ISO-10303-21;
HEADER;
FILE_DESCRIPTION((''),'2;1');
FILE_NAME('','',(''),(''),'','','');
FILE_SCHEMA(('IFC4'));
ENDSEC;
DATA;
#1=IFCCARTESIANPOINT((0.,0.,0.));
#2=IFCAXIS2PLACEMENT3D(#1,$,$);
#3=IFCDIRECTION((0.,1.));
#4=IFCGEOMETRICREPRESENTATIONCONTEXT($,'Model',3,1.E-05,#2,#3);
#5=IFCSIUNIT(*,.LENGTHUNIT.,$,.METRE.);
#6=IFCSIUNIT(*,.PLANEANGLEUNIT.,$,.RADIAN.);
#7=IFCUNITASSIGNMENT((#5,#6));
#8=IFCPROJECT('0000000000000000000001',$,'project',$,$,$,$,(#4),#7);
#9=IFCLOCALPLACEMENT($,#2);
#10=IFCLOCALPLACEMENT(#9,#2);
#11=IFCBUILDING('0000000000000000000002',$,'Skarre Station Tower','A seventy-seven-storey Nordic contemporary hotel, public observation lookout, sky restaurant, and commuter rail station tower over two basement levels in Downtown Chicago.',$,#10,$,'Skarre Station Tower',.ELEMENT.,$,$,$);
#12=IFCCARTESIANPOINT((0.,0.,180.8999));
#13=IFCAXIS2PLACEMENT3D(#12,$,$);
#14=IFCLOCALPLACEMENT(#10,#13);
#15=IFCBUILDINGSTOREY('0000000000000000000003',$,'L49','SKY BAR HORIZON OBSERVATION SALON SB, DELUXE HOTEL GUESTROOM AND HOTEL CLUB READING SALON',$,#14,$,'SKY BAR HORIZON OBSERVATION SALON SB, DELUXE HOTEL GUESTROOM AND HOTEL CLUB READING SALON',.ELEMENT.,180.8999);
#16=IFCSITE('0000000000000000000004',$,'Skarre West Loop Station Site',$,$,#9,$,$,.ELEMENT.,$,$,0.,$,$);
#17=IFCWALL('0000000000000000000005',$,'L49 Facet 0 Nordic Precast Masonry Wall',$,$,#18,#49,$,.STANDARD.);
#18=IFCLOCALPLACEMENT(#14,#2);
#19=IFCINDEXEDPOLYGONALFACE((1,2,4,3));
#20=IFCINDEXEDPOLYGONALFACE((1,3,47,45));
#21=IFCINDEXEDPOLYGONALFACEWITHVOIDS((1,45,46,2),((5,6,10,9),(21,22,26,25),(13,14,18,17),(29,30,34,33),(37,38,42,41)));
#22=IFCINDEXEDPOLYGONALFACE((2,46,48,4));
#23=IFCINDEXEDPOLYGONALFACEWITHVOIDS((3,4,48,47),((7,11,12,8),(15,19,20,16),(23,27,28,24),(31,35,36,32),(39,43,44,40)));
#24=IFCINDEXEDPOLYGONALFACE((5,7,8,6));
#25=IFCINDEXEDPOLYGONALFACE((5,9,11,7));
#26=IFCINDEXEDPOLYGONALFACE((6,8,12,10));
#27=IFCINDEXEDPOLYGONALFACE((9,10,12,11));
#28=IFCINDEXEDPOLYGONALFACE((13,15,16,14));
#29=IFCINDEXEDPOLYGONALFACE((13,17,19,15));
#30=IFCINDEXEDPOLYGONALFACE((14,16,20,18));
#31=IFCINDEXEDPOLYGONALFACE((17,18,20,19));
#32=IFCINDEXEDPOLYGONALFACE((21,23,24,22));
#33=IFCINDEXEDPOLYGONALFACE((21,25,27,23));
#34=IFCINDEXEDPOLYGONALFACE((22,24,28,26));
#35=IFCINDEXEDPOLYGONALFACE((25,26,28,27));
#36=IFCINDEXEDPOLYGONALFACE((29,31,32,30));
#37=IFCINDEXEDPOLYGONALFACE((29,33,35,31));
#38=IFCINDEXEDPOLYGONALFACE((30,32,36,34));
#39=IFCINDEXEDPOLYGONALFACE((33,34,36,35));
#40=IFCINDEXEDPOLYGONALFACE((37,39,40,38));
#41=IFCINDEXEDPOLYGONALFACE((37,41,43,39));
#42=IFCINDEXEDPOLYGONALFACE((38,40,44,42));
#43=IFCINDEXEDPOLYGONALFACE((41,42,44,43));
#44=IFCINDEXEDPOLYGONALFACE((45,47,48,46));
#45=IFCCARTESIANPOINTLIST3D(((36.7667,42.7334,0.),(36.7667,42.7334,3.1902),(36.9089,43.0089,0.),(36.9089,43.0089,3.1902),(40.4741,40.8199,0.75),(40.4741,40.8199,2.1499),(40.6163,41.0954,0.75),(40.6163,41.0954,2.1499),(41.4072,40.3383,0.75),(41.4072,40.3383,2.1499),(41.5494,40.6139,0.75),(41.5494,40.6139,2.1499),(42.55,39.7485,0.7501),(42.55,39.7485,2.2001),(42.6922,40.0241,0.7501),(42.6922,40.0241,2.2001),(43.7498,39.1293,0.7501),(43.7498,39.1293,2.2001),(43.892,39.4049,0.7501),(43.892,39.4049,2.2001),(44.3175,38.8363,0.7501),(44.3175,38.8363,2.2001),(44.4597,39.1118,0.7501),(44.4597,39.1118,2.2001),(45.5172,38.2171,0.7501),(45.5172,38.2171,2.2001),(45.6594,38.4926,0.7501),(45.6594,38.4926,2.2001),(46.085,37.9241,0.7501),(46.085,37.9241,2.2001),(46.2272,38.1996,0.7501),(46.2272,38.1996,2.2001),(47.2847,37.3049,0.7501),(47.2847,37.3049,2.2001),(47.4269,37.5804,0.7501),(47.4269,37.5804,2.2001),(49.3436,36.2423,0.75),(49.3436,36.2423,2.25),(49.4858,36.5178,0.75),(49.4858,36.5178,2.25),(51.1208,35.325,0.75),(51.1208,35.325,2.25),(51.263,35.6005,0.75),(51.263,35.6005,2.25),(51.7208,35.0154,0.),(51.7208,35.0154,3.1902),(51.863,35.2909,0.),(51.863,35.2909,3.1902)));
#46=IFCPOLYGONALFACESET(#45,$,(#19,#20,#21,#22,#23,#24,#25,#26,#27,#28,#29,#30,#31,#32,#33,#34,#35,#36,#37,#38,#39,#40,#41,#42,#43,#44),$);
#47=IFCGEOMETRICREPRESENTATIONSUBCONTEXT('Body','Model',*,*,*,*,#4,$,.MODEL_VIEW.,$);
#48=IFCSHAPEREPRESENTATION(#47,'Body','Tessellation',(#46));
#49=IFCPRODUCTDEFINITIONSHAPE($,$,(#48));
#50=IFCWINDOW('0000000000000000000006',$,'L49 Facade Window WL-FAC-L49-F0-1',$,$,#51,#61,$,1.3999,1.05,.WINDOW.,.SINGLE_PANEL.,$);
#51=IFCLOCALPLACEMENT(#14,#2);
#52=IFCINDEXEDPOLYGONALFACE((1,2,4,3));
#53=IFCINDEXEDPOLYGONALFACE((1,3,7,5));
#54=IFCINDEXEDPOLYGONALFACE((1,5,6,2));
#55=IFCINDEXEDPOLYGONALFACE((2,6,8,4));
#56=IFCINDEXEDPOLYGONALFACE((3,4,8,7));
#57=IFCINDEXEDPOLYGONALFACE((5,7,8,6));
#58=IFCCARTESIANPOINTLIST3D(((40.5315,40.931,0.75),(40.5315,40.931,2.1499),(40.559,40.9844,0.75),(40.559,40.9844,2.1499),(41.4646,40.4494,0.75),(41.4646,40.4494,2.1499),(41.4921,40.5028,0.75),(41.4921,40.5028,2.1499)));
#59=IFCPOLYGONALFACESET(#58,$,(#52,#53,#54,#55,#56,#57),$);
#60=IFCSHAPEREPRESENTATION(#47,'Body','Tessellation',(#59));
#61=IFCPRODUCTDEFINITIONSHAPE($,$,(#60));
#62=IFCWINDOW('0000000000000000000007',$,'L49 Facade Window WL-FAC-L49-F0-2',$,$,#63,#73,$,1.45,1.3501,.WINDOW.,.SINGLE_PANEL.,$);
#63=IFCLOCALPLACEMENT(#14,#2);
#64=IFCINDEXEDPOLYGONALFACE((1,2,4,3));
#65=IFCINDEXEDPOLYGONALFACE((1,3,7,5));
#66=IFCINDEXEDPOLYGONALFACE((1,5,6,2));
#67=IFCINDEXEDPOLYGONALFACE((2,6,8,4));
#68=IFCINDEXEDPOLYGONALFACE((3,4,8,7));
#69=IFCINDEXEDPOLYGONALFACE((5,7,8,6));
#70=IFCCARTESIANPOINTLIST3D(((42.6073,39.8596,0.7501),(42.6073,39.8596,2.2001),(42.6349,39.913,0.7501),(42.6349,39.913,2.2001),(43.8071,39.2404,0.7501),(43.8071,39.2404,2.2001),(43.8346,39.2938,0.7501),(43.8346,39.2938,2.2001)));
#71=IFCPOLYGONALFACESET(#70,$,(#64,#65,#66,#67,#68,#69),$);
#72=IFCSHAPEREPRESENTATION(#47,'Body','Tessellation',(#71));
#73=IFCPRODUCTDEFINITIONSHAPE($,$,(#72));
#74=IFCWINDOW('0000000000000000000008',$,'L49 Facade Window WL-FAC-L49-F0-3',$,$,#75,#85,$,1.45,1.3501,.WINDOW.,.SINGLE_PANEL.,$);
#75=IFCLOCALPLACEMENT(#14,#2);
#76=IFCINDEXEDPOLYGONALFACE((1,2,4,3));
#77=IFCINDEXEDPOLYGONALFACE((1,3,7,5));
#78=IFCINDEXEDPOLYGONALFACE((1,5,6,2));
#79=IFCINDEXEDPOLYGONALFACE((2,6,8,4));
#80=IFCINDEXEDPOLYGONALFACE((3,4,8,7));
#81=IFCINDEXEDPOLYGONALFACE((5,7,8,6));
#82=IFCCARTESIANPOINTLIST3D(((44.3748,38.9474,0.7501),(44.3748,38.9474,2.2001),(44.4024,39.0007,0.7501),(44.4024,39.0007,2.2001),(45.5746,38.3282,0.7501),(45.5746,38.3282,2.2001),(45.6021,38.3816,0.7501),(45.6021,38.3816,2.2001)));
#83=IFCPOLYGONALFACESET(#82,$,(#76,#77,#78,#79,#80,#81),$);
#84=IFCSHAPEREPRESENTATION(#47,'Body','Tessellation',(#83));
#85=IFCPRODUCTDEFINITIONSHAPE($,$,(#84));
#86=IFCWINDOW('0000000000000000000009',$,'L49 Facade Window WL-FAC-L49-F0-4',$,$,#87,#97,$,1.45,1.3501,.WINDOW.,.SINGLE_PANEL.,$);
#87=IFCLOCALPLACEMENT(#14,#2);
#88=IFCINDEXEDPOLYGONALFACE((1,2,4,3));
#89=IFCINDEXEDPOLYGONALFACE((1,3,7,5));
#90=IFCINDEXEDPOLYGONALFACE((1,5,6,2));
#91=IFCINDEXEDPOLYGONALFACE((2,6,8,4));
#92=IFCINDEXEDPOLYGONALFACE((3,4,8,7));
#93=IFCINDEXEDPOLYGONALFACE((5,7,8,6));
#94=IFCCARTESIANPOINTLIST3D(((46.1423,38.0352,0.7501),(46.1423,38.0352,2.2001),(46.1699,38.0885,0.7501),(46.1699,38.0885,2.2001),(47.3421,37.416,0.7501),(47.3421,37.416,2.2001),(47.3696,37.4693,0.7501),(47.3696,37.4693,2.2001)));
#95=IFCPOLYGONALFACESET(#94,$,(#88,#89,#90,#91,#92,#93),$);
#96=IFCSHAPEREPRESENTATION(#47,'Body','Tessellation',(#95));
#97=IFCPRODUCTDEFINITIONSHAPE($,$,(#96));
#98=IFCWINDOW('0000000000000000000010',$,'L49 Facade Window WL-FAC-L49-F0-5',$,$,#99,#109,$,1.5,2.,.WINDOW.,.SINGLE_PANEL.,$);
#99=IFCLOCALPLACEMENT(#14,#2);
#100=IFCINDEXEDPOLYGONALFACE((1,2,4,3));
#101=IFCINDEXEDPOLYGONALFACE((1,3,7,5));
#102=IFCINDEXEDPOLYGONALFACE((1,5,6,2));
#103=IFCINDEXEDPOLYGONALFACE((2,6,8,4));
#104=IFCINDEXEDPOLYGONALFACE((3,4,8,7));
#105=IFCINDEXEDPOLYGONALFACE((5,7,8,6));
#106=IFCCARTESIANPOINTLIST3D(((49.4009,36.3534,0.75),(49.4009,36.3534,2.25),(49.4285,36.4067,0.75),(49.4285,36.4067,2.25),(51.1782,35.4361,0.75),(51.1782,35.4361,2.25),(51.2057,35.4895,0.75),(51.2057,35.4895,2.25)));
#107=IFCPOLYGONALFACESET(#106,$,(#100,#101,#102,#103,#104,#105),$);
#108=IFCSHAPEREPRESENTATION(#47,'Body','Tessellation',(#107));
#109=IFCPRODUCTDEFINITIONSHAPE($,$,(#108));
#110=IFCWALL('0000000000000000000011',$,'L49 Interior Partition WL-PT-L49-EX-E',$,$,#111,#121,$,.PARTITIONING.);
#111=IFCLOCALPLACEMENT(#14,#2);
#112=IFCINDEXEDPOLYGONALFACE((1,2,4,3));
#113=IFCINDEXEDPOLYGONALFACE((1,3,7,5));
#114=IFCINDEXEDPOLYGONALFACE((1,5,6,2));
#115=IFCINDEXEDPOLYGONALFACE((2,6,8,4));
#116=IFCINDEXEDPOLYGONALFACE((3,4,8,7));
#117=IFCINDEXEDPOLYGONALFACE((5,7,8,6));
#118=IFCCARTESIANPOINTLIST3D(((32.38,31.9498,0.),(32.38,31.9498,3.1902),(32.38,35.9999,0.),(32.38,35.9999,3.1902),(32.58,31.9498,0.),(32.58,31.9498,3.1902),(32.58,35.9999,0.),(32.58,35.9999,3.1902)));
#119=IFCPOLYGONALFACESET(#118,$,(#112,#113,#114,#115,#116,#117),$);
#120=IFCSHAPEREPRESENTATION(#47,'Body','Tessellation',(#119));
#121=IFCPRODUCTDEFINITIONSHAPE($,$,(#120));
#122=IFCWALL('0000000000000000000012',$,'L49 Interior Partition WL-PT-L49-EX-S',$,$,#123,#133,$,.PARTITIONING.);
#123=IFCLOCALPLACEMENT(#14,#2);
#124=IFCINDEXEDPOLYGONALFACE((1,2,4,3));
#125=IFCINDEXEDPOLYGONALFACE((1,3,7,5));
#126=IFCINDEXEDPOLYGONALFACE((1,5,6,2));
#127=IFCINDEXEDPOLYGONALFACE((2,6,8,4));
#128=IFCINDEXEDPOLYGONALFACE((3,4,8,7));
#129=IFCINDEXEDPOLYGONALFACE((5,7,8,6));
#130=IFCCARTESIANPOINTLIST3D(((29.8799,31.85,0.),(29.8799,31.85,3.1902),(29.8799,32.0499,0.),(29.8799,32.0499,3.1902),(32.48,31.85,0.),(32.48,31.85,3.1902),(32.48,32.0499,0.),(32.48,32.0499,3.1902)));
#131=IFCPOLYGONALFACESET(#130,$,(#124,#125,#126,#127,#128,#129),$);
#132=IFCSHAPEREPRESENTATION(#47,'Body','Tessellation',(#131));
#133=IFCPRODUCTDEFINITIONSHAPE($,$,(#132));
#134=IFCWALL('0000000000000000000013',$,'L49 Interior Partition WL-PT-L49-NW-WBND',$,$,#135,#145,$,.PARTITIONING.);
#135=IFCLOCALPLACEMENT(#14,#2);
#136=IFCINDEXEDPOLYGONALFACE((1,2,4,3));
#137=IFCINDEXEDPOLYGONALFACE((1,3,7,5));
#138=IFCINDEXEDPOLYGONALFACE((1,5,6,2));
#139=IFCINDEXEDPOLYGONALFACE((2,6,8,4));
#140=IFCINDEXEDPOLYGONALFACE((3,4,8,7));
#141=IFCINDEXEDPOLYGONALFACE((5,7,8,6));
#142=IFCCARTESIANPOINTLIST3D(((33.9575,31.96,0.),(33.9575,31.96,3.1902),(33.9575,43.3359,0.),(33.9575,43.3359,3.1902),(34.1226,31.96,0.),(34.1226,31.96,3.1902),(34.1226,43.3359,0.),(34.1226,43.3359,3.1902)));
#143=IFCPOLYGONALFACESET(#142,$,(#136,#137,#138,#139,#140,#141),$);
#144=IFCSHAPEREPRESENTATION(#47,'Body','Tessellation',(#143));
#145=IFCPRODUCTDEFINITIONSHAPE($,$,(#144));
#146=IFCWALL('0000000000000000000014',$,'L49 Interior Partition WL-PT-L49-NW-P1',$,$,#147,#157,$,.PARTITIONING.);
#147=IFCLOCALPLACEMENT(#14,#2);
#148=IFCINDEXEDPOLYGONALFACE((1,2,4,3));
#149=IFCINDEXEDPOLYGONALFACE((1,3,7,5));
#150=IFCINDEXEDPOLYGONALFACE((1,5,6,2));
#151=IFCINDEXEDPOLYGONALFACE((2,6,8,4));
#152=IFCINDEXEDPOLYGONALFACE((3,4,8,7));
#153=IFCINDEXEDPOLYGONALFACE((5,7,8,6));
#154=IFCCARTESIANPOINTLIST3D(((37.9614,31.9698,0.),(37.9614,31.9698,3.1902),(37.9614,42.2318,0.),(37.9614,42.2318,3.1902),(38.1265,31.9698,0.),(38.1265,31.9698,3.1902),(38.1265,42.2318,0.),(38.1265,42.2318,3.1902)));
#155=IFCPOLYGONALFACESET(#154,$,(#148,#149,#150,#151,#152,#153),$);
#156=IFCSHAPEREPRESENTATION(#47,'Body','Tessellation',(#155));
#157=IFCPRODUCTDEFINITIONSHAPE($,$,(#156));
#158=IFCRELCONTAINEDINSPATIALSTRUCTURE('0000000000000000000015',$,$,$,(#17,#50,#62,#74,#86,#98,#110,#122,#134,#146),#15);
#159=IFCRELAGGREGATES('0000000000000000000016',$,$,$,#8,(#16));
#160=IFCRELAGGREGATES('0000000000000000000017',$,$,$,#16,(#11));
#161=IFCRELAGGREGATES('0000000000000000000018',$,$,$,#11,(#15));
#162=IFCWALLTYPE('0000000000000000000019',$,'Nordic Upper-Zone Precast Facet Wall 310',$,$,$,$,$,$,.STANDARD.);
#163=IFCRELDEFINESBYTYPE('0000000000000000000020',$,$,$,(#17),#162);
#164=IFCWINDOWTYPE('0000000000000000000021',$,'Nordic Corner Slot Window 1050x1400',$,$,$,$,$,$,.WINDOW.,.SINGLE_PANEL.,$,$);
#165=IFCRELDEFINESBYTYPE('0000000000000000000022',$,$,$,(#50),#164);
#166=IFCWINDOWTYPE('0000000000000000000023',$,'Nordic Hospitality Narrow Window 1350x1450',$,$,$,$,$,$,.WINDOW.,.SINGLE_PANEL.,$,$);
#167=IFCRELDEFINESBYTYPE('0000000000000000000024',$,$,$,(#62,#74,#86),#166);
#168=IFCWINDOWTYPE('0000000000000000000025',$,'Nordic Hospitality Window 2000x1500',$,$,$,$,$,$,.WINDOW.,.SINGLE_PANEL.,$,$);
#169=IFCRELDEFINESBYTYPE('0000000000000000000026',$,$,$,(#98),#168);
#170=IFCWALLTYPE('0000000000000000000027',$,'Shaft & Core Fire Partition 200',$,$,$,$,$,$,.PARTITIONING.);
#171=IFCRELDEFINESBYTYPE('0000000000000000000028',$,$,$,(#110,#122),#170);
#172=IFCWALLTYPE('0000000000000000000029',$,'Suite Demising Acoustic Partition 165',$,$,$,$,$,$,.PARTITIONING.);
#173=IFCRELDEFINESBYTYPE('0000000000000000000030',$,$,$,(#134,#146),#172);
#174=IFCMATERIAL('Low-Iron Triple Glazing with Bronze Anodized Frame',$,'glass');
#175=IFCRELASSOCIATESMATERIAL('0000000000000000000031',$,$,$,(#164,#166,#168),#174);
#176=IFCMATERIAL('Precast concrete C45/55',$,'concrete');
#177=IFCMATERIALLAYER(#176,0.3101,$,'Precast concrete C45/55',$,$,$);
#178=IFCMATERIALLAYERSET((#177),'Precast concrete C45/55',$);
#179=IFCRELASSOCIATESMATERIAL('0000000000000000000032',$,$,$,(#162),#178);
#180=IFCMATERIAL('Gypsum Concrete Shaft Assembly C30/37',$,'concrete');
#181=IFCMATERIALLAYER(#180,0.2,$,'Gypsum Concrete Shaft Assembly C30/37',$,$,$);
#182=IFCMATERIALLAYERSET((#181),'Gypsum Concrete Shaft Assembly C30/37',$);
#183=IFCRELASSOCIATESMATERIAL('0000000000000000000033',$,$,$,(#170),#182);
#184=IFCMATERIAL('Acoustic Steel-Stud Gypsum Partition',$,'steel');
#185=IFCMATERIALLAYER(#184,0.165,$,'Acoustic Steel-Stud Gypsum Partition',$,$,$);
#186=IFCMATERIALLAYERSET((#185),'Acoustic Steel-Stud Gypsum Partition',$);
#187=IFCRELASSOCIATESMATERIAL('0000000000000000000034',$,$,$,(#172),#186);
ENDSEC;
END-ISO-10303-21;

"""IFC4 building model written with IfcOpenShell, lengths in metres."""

from ifc_helpers import new_model, si_unit, direction, frame, frame_2d, origin, place, context, subcontext, project, spatial, rectangle, extrude, material, layer, layer_set, type_object, element, fill, save


model = new_model("IFC4")

# Units and contexts
model_context = context("Model", 3, precision=1e-05, world=origin(), true_north=direction((0.0, 1.0)))
body_context = subcontext(model_context, "Body", "Model", "MODEL_VIEW")
ifc_project = project(units=[si_unit("LENGTHUNIT", "METRE"), si_unit("PLANEANGLEUNIT", "RADIAN")], contexts=[model_context])

# Site, building, storey
site_placement = place(None, origin())
site = spatial("IfcSite", under=ifc_project, at=site_placement, Name="Skarre West Loop Station Site", CompositionType="ELEMENT", RefElevation=0.0)
building_placement = place(site_placement, origin())
building = spatial("IfcBuilding", under=site, at=building_placement, Name="Skarre Station Tower", Description="A seventy-seven-storey Nordic contemporary hotel, public observation lookout, sky restaurant, and commuter rail station tower over two basement levels in Downtown Chicago.", LongName="Skarre Station Tower", CompositionType="ELEMENT")
storey_placement = place(building_placement, frame((0.0, 0.0, 180.8999)))
storey = spatial("IfcBuildingStorey", under=building, at=storey_placement, Name="L49", Description="SKY BAR HORIZON OBSERVATION SALON SB, DELUXE HOTEL GUESTROOM AND HOTEL CLUB READING SALON", LongName="SKY BAR HORIZON OBSERVATION SALON SB, DELUXE HOTEL GUESTROOM AND HOTEL CLUB READING SALON", CompositionType="ELEMENT", Elevation=180.8999)

# Shared definitions
ifc_material_1 = material(Name="Acoustic Steel-Stud Gypsum Partition", Category="steel")

# Shared definitions
ifc_material_2 = material(Name="Precast concrete C45/55", Category="concrete")

# Shared definitions
ifc_material_3 = material(Name="Low-Iron Triple Glazing with Bronze Anodized Frame", Category="glass")
window_type_1 = type_object("IfcWindowType", Name="Nordic Corner Slot Window 1050x1400", PartitioningType="SINGLE_PANEL", PredefinedType="WINDOW", material=ifc_material_3)

# Wall, openings, windows
ifc_layer_1 = layer(ifc_material_2, 0.3101, Name="Precast concrete C45/55")
ifc_layer_set_1 = layer_set([ifc_layer_1], Name="Precast concrete C45/55")
wall_type_1 = type_object("IfcWallType", Name="Nordic Upper-Zone Precast Facet Wall 310", PredefinedType="STANDARD", material=ifc_layer_set_1)
wall_1_placement = place(storey_placement, frame((36.8379, 42.8711, 0.0), z_axis=(0.0, 0.0, 1.0), x_axis=(0.888626, -0.458632, 0.0)))
wall_1 = element("IfcWall", 1, at=wall_1_placement, inside=storey, type_object=wall_type_1, Name="L49 Facet 0 Nordic Precast Masonry Wall", PredefinedType="STANDARD", context=body_context, shape_type="SweptSolid", body=[
    extrude(rectangle(XDim=16.8284, YDim=0.3101, at=frame_2d((8.4141, 0.0))), origin(), (0.0, 0.0, 1.0), 3.1902),
])
opening_1_placement = place(wall_1_placement, frame((4.1721, 0.0, 0.75)))
opening_1 = element("IfcOpeningElement", 2, at=opening_1_placement, cuts=wall_1, PredefinedType="OPENING", context=body_context, shape_type="SweptSolid", body=[
    extrude(rectangle(XDim=1.05, YDim=1.3999, at=frame_2d((0.5249, 0.7))), frame((0.0, 0.165, 0.0), z_axis=(0.0, -1.0, 0.0), x_axis=(1.0, 0.0, 0.0)), (0.0, 0.0, 1.0), 0.3301),
])
opening_2_placement = place(wall_1_placement, frame((6.5081, 0.0, 0.75)))
opening_2 = element("IfcOpeningElement", 3, at=opening_2_placement, cuts=wall_1, PredefinedType="OPENING", context=body_context, shape_type="SweptSolid", body=[
    extrude(rectangle(XDim=1.3501, YDim=1.45, at=frame_2d((0.675, 0.7251))), frame((0.0, 0.165, 0.0), z_axis=(0.0, -1.0, 0.0), x_axis=(1.0, 0.0, 0.0)), (0.0, 0.0, 1.0), 0.3301),
])
opening_3_placement = place(wall_1_placement, frame((8.4971, 0.0, 0.75)))
opening_3 = element("IfcOpeningElement", 4, at=opening_3_placement, cuts=wall_1, PredefinedType="OPENING", context=body_context, shape_type="SweptSolid", body=[
    extrude(rectangle(XDim=1.3501, YDim=1.45, at=frame_2d((0.675, 0.7251))), frame((0.0, 0.165, 0.0), z_axis=(0.0, -1.0, 0.0), x_axis=(1.0, 0.0, 0.0)), (0.0, 0.0, 1.0), 0.3301),
])
opening_4_placement = place(wall_1_placement, frame((10.4861, 0.0, 0.75)))
opening_4 = element("IfcOpeningElement", 5, at=opening_4_placement, cuts=wall_1, PredefinedType="OPENING", context=body_context, shape_type="SweptSolid", body=[
    extrude(rectangle(XDim=1.3501, YDim=1.45, at=frame_2d((0.675, 0.7251))), frame((0.0, 0.165, 0.0), z_axis=(0.0, -1.0, 0.0), x_axis=(1.0, 0.0, 0.0)), (0.0, 0.0, 1.0), 0.3301),
])
opening_5_placement = place(wall_1_placement, frame((14.1531, 0.0, 0.75)))
opening_5 = element("IfcOpeningElement", 6, at=opening_5_placement, cuts=wall_1, PredefinedType="OPENING", context=body_context, shape_type="SweptSolid", body=[
    extrude(rectangle(XDim=2.0, YDim=1.5, at=frame_2d((1.0, 0.75))), frame((0.0, 0.165, 0.0), z_axis=(0.0, -1.0, 0.0), x_axis=(1.0, 0.0, 0.0)), (0.0, 0.0, 1.0), 0.3301),
])
window_1_placement = place(opening_1_placement, origin())
window_1 = element("IfcWindow", 7, at=window_1_placement, inside=storey, type_object=window_type_1, Name="L49 Facade Window WL-FAC-L49-F0-1", OverallHeight=1.3999, OverallWidth=1.05, PartitioningType="SINGLE_PANEL", PredefinedType="WINDOW", context=body_context, shape_type="SweptSolid", body=[
    extrude(rectangle(XDim=1.05, YDim=1.3999, at=frame_2d((0.5249, 0.7))), frame((0.0, 0.03, 0.0), z_axis=(0.0, -1.0, 0.0), x_axis=(1.0, 0.0, 0.0)), (0.0, 0.0, 1.0), 0.0601),
])
fill(opening_1, window_1)
window_type_2 = type_object("IfcWindowType", Name="Nordic Hospitality Narrow Window 1350x1450", PartitioningType="SINGLE_PANEL", PredefinedType="WINDOW", material=ifc_material_3)
window_2_placement = place(opening_2_placement, origin())
window_2 = element("IfcWindow", 8, at=window_2_placement, inside=storey, type_object=window_type_2, Name="L49 Facade Window WL-FAC-L49-F0-2", OverallHeight=1.45, OverallWidth=1.3501, PartitioningType="SINGLE_PANEL", PredefinedType="WINDOW", context=body_context, shape_type="SweptSolid", body=[
    extrude(rectangle(XDim=1.3501, YDim=1.45, at=frame_2d((0.675, 0.7251))), frame((0.0, 0.03, 0.0), z_axis=(0.0, -1.0, 0.0), x_axis=(1.0, 0.0, 0.0)), (0.0, 0.0, 1.0), 0.0601),
])
fill(opening_2, window_2)
window_3_placement = place(opening_3_placement, origin())
window_3 = element("IfcWindow", 9, at=window_3_placement, inside=storey, type_object=window_type_2, Name="L49 Facade Window WL-FAC-L49-F0-3", OverallHeight=1.45, OverallWidth=1.3501, PartitioningType="SINGLE_PANEL", PredefinedType="WINDOW", context=body_context, shape_type="SweptSolid", body=[
    extrude(rectangle(XDim=1.3501, YDim=1.45, at=frame_2d((0.675, 0.7251))), frame((0.0, 0.03, 0.0), z_axis=(0.0, -1.0, 0.0), x_axis=(1.0, 0.0, 0.0)), (0.0, 0.0, 1.0), 0.0601),
])
fill(opening_3, window_3)
window_4_placement = place(opening_4_placement, origin())
window_4 = element("IfcWindow", 10, at=window_4_placement, inside=storey, type_object=window_type_2, Name="L49 Facade Window WL-FAC-L49-F0-4", OverallHeight=1.45, OverallWidth=1.3501, PartitioningType="SINGLE_PANEL", PredefinedType="WINDOW", context=body_context, shape_type="SweptSolid", body=[
    extrude(rectangle(XDim=1.3501, YDim=1.45, at=frame_2d((0.675, 0.7251))), frame((0.0, 0.03, 0.0), z_axis=(0.0, -1.0, 0.0), x_axis=(1.0, 0.0, 0.0)), (0.0, 0.0, 1.0), 0.0601),
])
fill(opening_4, window_4)
window_type_3 = type_object("IfcWindowType", Name="Nordic Hospitality Window 2000x1500", PartitioningType="SINGLE_PANEL", PredefinedType="WINDOW", material=ifc_material_3)
window_5_placement = place(opening_5_placement, origin())
window_5 = element("IfcWindow", 11, at=window_5_placement, inside=storey, type_object=window_type_3, Name="L49 Facade Window WL-FAC-L49-F0-5", OverallHeight=1.5, OverallWidth=2.0, PartitioningType="SINGLE_PANEL", PredefinedType="WINDOW", context=body_context, shape_type="SweptSolid", body=[
    extrude(rectangle(XDim=2.0, YDim=1.5, at=frame_2d((1.0, 0.75))), frame((0.0, 0.03, 0.0), z_axis=(0.0, -1.0, 0.0), x_axis=(1.0, 0.0, 0.0)), (0.0, 0.0, 1.0), 0.0601),
])
fill(opening_5, window_5)

# Walls
ifc_material_4 = material(Name="Gypsum Concrete Shaft Assembly C30/37", Category="concrete")
ifc_layer_2 = layer(ifc_material_4, 0.2, Name="Gypsum Concrete Shaft Assembly C30/37")
ifc_layer_set_2 = layer_set([ifc_layer_2], Name="Gypsum Concrete Shaft Assembly C30/37")
wall_type_2 = type_object("IfcWallType", Name="Shaft & Core Fire Partition 200", PredefinedType="PARTITIONING", material=ifc_layer_set_2)
wall_2_placement = place(storey_placement, frame((32.48, 31.95, 0.0), z_axis=(0.0, 0.0, 1.0), x_axis=(0.0, 1.0, 0.0)))
element("IfcWall", 12, at=wall_2_placement, inside=storey, type_object=wall_type_2, Name="L49 Interior Partition WL-PT-L49-EX-E", PredefinedType="PARTITIONING", context=body_context, shape_type="SweptSolid", body=[
    extrude(rectangle(XDim=4.05, YDim=0.2, at=frame_2d((2.0249, 0.0))), origin(), (0.0, 0.0, 1.0), 3.1902),
])
wall_3_placement = place(storey_placement, frame((32.48, 31.95, 0.0), z_axis=(0.0, 0.0, 1.0), x_axis=(-1.0, 0.0, 0.0)))
element("IfcWall", 13, at=wall_3_placement, inside=storey, type_object=wall_type_2, Name="L49 Interior Partition WL-PT-L49-EX-S", PredefinedType="PARTITIONING", context=body_context, shape_type="SweptSolid", body=[
    extrude(rectangle(XDim=2.6001, YDim=0.2, at=frame_2d((1.3, 0.0))), origin(), (0.0, 0.0, 1.0), 3.1902),
])
ifc_layer_3 = layer(ifc_material_1, 0.165, Name="Acoustic Steel-Stud Gypsum Partition")
ifc_layer_set_3 = layer_set([ifc_layer_3], Name="Acoustic Steel-Stud Gypsum Partition")
wall_type_3 = type_object("IfcWallType", Name="Suite Demising Acoustic Partition 165", PredefinedType="PARTITIONING", material=ifc_layer_set_3)
wall_4_placement = place(storey_placement, frame((34.04, 31.96, 0.0), z_axis=(0.0, 0.0, 1.0), x_axis=(0.0, 1.0, 0.0)))
element("IfcWall", 14, at=wall_4_placement, inside=storey, type_object=wall_type_3, Name="L49 Interior Partition WL-PT-L49-NW-WBND", PredefinedType="PARTITIONING", context=body_context, shape_type="SweptSolid", body=[
    extrude(rectangle(XDim=11.376, YDim=0.165, at=frame_2d((5.688, 0.0))), origin(), (0.0, 0.0, 1.0), 3.1902),
])
wall_5_placement = place(storey_placement, frame((38.0439, 31.97, 0.0), z_axis=(0.0, 0.0, 1.0), x_axis=(0.0, 1.0, 0.0)))
element("IfcWall", 15, at=wall_5_placement, inside=storey, type_object=wall_type_3, Name="L49 Interior Partition WL-PT-L49-NW-P1", PredefinedType="PARTITIONING", context=body_context, shape_type="SweptSolid", body=[
    extrude(rectangle(XDim=10.262, YDim=0.165, at=frame_2d((5.1309, 0.0))), origin(), (0.0, 0.0, 1.0), 3.1902),
])

save(model, "model.ifc")
